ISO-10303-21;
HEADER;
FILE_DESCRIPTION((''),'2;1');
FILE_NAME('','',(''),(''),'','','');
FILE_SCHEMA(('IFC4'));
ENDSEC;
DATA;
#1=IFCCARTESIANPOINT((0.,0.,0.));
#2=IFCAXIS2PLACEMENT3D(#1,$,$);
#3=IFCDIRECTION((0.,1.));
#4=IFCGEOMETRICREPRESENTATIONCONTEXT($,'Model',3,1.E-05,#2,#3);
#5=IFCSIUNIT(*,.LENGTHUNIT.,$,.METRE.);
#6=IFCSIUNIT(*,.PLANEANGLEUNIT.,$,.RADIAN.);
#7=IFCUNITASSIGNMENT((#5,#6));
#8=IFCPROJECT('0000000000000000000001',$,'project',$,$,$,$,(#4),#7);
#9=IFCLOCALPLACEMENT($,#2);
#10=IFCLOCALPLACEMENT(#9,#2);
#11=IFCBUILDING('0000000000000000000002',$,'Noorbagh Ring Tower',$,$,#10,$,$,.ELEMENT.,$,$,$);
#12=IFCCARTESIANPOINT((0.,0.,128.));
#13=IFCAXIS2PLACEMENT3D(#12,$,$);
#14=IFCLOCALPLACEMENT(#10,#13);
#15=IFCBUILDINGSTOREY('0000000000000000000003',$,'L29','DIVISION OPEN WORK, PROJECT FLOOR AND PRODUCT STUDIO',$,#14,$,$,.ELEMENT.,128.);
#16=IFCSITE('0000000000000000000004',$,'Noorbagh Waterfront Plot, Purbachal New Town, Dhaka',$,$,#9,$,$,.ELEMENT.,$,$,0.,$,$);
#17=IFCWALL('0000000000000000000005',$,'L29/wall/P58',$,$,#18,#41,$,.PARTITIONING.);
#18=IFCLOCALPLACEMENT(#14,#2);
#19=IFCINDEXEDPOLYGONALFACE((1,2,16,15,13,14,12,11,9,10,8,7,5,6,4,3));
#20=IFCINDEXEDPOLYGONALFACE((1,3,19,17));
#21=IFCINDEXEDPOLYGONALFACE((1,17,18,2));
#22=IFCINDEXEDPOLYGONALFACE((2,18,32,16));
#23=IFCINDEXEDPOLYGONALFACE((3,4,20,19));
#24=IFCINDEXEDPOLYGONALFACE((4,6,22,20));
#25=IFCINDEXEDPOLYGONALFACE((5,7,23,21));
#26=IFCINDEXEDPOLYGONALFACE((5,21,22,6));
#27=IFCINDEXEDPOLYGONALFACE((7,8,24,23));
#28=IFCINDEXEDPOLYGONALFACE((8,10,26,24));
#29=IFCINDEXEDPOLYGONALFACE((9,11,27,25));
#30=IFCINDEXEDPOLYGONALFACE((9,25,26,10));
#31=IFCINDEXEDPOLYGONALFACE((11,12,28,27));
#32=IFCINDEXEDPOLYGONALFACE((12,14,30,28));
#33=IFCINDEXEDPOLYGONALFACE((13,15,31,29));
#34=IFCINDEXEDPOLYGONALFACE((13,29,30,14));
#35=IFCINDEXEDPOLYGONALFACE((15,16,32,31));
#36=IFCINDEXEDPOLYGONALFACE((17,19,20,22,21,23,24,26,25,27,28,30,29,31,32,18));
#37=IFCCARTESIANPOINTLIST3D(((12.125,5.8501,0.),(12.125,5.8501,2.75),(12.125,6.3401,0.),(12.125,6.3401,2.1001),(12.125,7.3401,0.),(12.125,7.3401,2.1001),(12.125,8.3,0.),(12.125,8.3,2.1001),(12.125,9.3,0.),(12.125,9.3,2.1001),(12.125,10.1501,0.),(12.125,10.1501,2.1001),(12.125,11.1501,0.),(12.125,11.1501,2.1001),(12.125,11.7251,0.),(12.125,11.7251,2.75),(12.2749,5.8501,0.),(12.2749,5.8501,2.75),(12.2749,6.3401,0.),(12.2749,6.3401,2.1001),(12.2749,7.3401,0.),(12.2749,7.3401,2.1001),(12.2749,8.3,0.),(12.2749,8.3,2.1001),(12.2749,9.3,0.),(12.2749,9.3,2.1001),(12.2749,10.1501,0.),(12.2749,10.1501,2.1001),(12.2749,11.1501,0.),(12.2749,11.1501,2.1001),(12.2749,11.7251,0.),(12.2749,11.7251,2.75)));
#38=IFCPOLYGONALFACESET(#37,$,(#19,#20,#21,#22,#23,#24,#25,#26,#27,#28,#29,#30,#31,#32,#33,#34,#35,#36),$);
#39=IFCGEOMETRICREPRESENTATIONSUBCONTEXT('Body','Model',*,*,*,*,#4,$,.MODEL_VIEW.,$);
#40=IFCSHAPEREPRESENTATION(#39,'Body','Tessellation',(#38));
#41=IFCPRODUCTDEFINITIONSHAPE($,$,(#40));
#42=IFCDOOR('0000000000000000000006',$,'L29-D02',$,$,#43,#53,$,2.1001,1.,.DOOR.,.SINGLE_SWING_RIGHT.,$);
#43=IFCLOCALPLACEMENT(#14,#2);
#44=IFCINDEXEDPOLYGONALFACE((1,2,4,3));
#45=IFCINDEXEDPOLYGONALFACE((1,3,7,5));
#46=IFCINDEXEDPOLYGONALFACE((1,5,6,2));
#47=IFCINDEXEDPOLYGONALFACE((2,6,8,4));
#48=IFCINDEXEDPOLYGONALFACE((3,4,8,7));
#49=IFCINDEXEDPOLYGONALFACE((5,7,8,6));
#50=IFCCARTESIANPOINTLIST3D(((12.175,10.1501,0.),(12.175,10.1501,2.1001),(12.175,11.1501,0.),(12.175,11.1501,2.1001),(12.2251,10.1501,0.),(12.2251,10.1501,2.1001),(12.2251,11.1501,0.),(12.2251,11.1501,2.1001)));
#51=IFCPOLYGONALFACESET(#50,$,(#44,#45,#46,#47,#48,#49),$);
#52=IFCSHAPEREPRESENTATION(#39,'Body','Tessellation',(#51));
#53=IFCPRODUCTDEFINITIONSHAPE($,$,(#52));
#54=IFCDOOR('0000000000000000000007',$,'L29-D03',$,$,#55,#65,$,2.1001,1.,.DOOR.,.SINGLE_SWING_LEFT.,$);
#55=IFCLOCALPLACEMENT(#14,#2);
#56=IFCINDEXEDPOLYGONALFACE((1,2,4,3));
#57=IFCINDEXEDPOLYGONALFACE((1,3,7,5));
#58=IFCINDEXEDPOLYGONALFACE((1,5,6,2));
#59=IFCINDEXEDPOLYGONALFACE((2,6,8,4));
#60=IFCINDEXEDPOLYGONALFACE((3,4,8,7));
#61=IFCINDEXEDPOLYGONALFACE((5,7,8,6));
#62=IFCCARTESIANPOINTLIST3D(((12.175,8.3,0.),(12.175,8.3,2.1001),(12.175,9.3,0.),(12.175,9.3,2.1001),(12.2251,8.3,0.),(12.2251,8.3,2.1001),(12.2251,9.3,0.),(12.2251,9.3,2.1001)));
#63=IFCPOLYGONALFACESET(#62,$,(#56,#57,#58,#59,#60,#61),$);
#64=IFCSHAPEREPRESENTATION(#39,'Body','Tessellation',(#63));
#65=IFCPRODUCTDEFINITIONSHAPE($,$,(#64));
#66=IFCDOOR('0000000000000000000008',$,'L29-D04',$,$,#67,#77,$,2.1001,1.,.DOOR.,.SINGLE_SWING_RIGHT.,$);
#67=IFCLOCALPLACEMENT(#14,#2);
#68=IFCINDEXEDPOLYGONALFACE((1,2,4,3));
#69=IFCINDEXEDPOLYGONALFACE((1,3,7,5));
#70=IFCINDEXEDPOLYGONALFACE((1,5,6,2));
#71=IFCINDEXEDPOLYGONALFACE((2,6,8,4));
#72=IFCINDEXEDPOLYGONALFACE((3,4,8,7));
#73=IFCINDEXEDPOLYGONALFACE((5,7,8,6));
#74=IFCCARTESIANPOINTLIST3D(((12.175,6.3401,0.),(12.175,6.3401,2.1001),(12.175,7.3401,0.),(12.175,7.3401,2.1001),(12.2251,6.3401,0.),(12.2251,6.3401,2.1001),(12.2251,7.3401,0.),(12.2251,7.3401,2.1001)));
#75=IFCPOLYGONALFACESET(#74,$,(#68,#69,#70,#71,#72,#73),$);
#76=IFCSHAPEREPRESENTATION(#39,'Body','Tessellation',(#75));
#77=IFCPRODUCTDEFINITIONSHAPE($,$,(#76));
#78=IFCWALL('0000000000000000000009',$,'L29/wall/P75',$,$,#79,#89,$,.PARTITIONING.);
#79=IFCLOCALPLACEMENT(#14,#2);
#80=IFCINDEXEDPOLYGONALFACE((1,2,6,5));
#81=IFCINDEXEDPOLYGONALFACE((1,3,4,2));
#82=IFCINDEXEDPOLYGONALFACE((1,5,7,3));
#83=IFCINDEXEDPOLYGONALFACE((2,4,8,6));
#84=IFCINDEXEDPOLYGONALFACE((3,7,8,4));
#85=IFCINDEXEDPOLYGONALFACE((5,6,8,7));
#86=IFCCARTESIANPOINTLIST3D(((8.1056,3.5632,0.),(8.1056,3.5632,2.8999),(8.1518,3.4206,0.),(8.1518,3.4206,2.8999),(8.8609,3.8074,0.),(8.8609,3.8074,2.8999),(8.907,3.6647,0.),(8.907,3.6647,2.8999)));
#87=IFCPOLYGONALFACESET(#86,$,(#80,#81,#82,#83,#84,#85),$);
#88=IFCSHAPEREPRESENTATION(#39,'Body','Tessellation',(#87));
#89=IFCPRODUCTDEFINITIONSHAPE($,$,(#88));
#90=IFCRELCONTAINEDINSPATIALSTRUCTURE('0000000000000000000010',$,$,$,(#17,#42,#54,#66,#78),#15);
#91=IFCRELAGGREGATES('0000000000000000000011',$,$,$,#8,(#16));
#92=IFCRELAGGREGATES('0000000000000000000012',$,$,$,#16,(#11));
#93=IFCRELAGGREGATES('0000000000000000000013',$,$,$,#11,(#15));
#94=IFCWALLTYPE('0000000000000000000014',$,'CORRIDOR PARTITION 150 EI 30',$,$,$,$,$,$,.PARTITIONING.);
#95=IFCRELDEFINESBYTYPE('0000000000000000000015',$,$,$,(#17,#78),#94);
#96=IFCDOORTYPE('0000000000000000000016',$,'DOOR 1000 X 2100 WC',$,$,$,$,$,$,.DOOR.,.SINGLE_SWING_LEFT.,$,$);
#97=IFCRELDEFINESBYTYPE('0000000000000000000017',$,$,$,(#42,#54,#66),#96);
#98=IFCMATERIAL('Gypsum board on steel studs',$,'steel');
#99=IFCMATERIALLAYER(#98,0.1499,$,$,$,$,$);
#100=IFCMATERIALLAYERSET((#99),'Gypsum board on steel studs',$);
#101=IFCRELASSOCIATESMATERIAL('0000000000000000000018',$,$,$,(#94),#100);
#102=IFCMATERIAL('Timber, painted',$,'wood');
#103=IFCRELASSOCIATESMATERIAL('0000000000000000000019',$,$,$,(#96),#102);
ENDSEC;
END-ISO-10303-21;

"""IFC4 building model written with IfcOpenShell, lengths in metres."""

from ifc_helpers import new_model, si_unit, direction, frame, frame_2d, origin, place, context, subcontext, project, spatial, rectangle, extrude, material, layer, layer_set, type_object, element, fill, save


model = new_model("IFC4")

# Units and contexts
model_context = context("Model", 3, precision=1e-05, world=origin(), true_north=direction((0.0, 1.0)))
body_context = subcontext(model_context, "Body", "Model", "MODEL_VIEW")
ifc_project = project(units=[si_unit("LENGTHUNIT", "METRE"), si_unit("PLANEANGLEUNIT", "RADIAN")], contexts=[model_context])

# Site, building, storey
site_placement = place(None, origin())
site = spatial("IfcSite", under=ifc_project, at=site_placement, Name="Noorbagh Waterfront Plot, Purbachal New Town, Dhaka", CompositionType="ELEMENT", RefElevation=0.0)
building_placement = place(site_placement, origin())
building = spatial("IfcBuilding", under=site, at=building_placement, Name="Noorbagh Ring Tower", CompositionType="ELEMENT")
storey_placement = place(building_placement, frame((0.0, 0.0, 128.0)))
storey = spatial("IfcBuildingStorey", under=building, at=storey_placement, Name="L29", Description="DIVISION OPEN WORK, PROJECT FLOOR AND PRODUCT STUDIO", CompositionType="ELEMENT", Elevation=128.0)

# Shared definitions
ifc_material_1 = material(Name="Gypsum board on steel studs", Category="steel")
ifc_layer_1 = layer(ifc_material_1, 0.1499)
ifc_layer_set_1 = layer_set([ifc_layer_1], Name="Gypsum board on steel studs")
wall_type_1 = type_object("IfcWallType", Name="CORRIDOR PARTITION 150 EI 30", PredefinedType="PARTITIONING", material=ifc_layer_set_1)

# Wall, openings, doors
wall_1_placement = place(storey_placement, frame((12.2, 5.8501, 0.0), z_axis=(0.0, 0.0, 1.0), x_axis=(0.0, 1.0, 0.0)))
wall_1 = element("IfcWall", 1, at=wall_1_placement, inside=storey, type_object=wall_type_1, Name="L29/wall/P58", PredefinedType="PARTITIONING", context=body_context, shape_type="SweptSolid", body=[
    extrude(rectangle(XDim=5.875, YDim=0.1499, at=frame_2d((2.9375, 0.0))), origin(), (0.0, 0.0, 1.0), 2.75),
])
opening_1_placement = place(wall_1_placement, frame((4.3, 0.0, 0.0)))
opening_1 = element("IfcOpeningElement", 2, at=opening_1_placement, cuts=wall_1, PredefinedType="OPENING", context=body_context, shape_type="SweptSolid", body=[
    extrude(rectangle(XDim=1.0, YDim=2.1001, at=frame_2d((0.5, 1.05))), frame((0.0, 0.085, 0.0), z_axis=(0.0, -1.0, 0.0), x_axis=(1.0, 0.0, 0.0)), (0.0, 0.0, 1.0), 0.1699),
])
opening_2_placement = place(wall_1_placement, frame((2.45, 0.0, 0.0)))
opening_2 = element("IfcOpeningElement", 3, at=opening_2_placement, cuts=wall_1, PredefinedType="OPENING", context=body_context, shape_type="SweptSolid", body=[
    extrude(rectangle(XDim=1.0, YDim=2.1001, at=frame_2d((0.5, 1.05))), frame((0.0, 0.085, 0.0), z_axis=(0.0, -1.0, 0.0), x_axis=(1.0, 0.0, 0.0)), (0.0, 0.0, 1.0), 0.1699),
])
opening_3_placement = place(wall_1_placement, frame((0.49, 0.0, 0.0)))
opening_3 = element("IfcOpeningElement", 4, at=opening_3_placement, cuts=wall_1, PredefinedType="OPENING", context=body_context, shape_type="SweptSolid", body=[
    extrude(rectangle(XDim=1.0, YDim=2.1001, at=frame_2d((0.5, 1.05))), frame((0.0, 0.085, 0.0), z_axis=(0.0, -1.0, 0.0), x_axis=(1.0, 0.0, 0.0)), (0.0, 0.0, 1.0), 0.1699),
])
ifc_material_2 = material(Name="Timber, painted", Category="wood")
door_type_1 = type_object("IfcDoorType", Name="DOOR 1000 X 2100 WC", OperationType="SINGLE_SWING_LEFT", PredefinedType="DOOR", material=ifc_material_2)
door_1_placement = place(opening_1_placement, origin())
door_1 = element("IfcDoor", 5, at=door_1_placement, inside=storey, type_object=door_type_1, Name="L29-D02", OperationType="SINGLE_SWING_RIGHT", OverallHeight=2.1001, OverallWidth=1.0, PredefinedType="DOOR", context=body_context, shape_type="SweptSolid", body=[
    extrude(rectangle(XDim=1.0, YDim=2.1001, at=frame_2d((0.5, 1.05))), frame((0.0, 0.0249, 0.0), z_axis=(0.0, -1.0, 0.0), x_axis=(1.0, 0.0, 0.0)), (0.0, 0.0, 1.0), 0.05),
])
fill(opening_1, door_1)
door_2_placement = place(opening_2_placement, origin())
door_2 = element("IfcDoor", 6, at=door_2_placement, inside=storey, type_object=door_type_1, Name="L29-D03", OperationType="SINGLE_SWING_LEFT", OverallHeight=2.1001, OverallWidth=1.0, PredefinedType="DOOR", context=body_context, shape_type="SweptSolid", body=[
    extrude(rectangle(XDim=1.0, YDim=2.1001, at=frame_2d((0.5, 1.05))), frame((0.0, 0.0249, 0.0), z_axis=(0.0, -1.0, 0.0), x_axis=(1.0, 0.0, 0.0)), (0.0, 0.0, 1.0), 0.05),
])
fill(opening_2, door_2)
door_3_placement = place(opening_3_placement, origin())
door_3 = element("IfcDoor", 7, at=door_3_placement, inside=storey, type_object=door_type_1, Name="L29-D04", OperationType="SINGLE_SWING_RIGHT", OverallHeight=2.1001, OverallWidth=1.0, PredefinedType="DOOR", context=body_context, shape_type="SweptSolid", body=[
    extrude(rectangle(XDim=1.0, YDim=2.1001, at=frame_2d((0.5, 1.05))), frame((0.0, 0.0249, 0.0), z_axis=(0.0, -1.0, 0.0), x_axis=(1.0, 0.0, 0.0)), (0.0, 0.0, 1.0), 0.05),
])
fill(opening_3, door_3)

# Wall
wall_2_placement = place(storey_placement, frame((8.884, 3.7361, 0.0), z_axis=(0.0, 0.0, 1.0), x_axis=(-0.951505, -0.307632, 0.0)))
element("IfcWall", 8, at=wall_2_placement, inside=storey, type_object=wall_type_1, Name="L29/wall/P75", PredefinedType="PARTITIONING", context=body_context, shape_type="SweptSolid", body=[
    extrude(rectangle(XDim=0.7937, YDim=0.1499, at=frame_2d((0.397, 0.0))), origin(), (0.0, 0.0, 1.0), 2.8999),
])

save(model, "model.ifc")
